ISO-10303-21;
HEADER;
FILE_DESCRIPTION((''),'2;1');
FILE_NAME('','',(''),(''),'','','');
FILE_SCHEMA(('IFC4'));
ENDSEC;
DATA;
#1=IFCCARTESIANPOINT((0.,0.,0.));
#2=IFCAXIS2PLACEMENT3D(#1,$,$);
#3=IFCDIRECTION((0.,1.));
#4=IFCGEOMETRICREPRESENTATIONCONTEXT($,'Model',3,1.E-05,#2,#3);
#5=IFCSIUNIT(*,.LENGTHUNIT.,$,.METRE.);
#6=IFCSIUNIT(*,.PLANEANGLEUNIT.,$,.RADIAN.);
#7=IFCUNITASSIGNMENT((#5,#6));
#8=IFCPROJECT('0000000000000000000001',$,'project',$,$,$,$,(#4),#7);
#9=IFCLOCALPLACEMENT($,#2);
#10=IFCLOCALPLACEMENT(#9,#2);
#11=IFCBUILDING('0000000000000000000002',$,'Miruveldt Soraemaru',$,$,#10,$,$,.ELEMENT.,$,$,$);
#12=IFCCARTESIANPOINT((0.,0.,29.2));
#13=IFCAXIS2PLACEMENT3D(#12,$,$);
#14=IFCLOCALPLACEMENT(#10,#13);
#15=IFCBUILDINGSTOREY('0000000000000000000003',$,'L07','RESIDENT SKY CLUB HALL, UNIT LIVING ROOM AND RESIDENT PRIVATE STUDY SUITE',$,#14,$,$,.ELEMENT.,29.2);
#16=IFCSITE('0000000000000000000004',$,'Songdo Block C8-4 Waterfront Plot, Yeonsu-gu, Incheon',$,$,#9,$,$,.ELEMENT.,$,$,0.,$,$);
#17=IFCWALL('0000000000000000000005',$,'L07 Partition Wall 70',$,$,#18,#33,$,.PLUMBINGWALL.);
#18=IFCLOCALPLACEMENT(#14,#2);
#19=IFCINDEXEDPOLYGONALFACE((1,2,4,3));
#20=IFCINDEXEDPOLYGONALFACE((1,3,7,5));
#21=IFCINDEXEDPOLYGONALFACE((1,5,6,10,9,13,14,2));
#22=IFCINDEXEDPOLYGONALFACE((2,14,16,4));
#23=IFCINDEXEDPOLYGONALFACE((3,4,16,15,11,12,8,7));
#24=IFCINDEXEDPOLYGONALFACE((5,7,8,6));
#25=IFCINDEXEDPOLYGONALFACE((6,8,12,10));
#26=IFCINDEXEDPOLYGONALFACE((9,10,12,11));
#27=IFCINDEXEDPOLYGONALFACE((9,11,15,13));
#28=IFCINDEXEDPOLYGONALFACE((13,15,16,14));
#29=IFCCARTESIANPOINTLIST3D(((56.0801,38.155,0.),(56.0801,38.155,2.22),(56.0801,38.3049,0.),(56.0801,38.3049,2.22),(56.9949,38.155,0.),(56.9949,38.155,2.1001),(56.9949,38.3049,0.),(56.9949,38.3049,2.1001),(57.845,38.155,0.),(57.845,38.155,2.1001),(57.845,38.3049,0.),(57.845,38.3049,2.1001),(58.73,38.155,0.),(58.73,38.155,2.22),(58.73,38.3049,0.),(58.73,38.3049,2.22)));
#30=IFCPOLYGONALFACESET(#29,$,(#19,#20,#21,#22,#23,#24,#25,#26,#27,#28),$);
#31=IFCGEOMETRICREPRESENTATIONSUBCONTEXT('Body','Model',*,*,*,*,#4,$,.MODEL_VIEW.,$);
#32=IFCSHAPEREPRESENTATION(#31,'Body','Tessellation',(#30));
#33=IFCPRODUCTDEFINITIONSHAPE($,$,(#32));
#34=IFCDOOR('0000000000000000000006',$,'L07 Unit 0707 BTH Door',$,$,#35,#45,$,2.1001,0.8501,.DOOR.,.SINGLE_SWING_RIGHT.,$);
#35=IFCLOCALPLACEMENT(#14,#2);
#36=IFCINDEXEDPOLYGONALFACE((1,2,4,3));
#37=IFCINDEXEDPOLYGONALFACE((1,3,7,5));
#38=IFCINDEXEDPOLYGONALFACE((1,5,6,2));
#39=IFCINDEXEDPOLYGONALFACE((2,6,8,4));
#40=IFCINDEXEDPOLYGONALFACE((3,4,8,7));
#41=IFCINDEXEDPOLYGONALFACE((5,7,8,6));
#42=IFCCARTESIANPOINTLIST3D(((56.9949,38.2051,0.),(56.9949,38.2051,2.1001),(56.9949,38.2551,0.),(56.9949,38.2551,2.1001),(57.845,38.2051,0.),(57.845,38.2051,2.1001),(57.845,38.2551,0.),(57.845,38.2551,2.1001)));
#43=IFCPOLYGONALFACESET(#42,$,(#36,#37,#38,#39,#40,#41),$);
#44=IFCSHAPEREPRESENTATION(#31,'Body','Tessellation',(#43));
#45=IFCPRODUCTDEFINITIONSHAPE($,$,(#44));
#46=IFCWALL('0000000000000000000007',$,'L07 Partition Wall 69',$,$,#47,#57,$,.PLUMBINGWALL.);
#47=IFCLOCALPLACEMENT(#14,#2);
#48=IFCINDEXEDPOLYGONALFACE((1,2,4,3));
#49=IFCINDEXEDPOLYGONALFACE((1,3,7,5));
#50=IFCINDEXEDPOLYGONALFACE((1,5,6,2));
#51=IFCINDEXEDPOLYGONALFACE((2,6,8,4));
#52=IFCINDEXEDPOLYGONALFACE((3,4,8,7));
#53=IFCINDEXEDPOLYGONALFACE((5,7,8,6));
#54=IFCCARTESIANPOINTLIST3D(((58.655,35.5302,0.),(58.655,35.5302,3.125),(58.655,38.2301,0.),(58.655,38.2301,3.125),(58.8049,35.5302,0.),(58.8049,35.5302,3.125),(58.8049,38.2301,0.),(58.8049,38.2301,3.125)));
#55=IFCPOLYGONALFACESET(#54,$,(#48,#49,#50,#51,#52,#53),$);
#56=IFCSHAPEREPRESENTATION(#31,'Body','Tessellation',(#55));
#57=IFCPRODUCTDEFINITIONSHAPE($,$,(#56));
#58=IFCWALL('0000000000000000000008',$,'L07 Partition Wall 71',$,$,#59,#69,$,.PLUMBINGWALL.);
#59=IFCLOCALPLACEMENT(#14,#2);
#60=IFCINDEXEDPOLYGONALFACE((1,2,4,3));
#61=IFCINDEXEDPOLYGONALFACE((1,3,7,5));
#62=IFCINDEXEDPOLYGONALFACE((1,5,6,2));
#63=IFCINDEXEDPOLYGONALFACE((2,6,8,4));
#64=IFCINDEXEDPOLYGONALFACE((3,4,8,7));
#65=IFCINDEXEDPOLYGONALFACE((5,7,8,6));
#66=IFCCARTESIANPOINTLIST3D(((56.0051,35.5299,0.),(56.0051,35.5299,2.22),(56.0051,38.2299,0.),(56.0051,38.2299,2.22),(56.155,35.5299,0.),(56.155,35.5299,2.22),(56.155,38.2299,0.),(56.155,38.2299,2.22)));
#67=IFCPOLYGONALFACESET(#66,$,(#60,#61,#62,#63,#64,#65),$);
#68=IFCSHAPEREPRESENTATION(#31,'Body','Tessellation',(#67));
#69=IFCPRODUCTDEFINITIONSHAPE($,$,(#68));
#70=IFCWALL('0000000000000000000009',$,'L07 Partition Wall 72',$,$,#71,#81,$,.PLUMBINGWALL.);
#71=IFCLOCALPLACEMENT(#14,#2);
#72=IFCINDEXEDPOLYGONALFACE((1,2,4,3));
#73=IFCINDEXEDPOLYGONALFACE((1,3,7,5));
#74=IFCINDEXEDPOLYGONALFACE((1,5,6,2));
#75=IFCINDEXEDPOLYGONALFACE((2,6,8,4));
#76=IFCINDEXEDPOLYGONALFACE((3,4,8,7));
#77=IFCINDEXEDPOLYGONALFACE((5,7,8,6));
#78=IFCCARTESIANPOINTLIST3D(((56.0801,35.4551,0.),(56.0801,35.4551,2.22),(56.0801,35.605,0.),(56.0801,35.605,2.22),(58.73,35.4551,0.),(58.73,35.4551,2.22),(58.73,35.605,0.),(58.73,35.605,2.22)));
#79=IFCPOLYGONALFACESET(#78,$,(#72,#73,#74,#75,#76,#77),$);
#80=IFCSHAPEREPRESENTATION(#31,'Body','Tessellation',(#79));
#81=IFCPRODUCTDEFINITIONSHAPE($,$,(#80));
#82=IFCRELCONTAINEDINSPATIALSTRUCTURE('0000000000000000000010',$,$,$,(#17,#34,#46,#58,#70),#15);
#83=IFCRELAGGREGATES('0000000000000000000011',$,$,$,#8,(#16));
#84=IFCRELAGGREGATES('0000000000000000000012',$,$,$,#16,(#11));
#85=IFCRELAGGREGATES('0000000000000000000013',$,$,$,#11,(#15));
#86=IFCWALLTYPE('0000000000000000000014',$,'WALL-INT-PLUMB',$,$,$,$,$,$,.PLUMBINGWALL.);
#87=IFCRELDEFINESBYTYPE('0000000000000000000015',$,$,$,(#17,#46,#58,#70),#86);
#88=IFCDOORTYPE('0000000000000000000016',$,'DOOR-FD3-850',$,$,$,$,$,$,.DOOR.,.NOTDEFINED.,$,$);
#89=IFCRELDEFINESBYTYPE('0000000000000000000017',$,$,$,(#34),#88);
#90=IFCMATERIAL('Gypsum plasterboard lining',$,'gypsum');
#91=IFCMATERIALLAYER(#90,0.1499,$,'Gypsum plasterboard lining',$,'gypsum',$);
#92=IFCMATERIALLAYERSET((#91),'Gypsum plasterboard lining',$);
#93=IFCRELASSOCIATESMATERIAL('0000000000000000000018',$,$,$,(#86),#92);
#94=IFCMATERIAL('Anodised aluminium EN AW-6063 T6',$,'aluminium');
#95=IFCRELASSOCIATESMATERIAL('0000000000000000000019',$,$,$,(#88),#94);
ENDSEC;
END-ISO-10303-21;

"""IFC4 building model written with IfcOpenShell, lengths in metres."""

from ifc_helpers import new_model, si_unit, direction, frame, frame_2d, origin, place, context, subcontext, project, spatial, rectangle, extrude, material, layer, layer_set, type_object, element, fill, save


model = new_model("IFC4")

# Units and contexts
model_context = context("Model", 3, precision=1e-05, world=origin(), true_north=direction((0.0, 1.0)))
body_context = subcontext(model_context, "Body", "Model", "MODEL_VIEW")
ifc_project = project(units=[si_unit("LENGTHUNIT", "METRE"), si_unit("PLANEANGLEUNIT", "RADIAN")], contexts=[model_context])

# Site, building, storey
site_placement = place(None, origin())
site = spatial("IfcSite", under=ifc_project, at=site_placement, Name="Songdo Block C8-4 Waterfront Plot, Yeonsu-gu, Incheon", CompositionType="ELEMENT", RefElevation=0.0)
building_placement = place(site_placement, origin())
building = spatial("IfcBuilding", under=site, at=building_placement, Name="Miruveldt Soraemaru", CompositionType="ELEMENT")
storey_placement = place(building_placement, frame((0.0, 0.0, 29.2)))
storey = spatial("IfcBuildingStorey", under=building, at=storey_placement, Name="L07", Description="RESIDENT SKY CLUB HALL, UNIT LIVING ROOM AND RESIDENT PRIVATE STUDY SUITE", CompositionType="ELEMENT", Elevation=29.2)

# Shared definitions
ifc_material_1 = material(Name="Anodised aluminium EN AW-6063 T6", Category="aluminium")

# Shared definitions
ifc_material_2 = material(Name="Gypsum plasterboard lining", Category="gypsum")

# Wall, opening, door
ifc_layer_1 = layer(ifc_material_2, 0.1499, Name="Gypsum plasterboard lining", Category="gypsum")
ifc_layer_set_1 = layer_set([ifc_layer_1], Name="Gypsum plasterboard lining")
wall_type_1 = type_object("IfcWallType", Name="WALL-INT-PLUMB", PredefinedType="PLUMBINGWALL", material=ifc_layer_set_1)
wall_1_placement = place(storey_placement, frame((58.73, 38.23, 0.0), z_axis=(0.0, 0.0, 1.0), x_axis=(-1.0, 0.0, 0.0)))
wall_1 = element("IfcWall", 1, at=wall_1_placement, inside=storey, type_object=wall_type_1, Name="L07 Partition Wall 70", PredefinedType="PLUMBINGWALL", context=body_context, shape_type="SweptSolid", body=[
    extrude(rectangle(XDim=2.6499, YDim=0.1499, at=frame_2d((1.325, 0.0))), origin(), (0.0, 0.0, 1.0), 2.22),
])
opening_1_placement = place(wall_1_placement, frame((0.885, 0.0, 0.0)))
opening_1 = element("IfcOpeningElement", 2, at=opening_1_placement, cuts=wall_1, PredefinedType="OPENING", context=body_context, shape_type="SweptSolid", body=[
    extrude(rectangle(XDim=0.8501, YDim=2.1001, at=frame_2d((0.425, 1.05))), frame((0.0, 0.085, 0.0), z_axis=(0.0, -1.0, 0.0), x_axis=(1.0, 0.0, 0.0)), (0.0, 0.0, 1.0), 0.1699),
])
door_type_1 = type_object("IfcDoorType", Name="DOOR-FD3-850", OperationType="NOTDEFINED", PredefinedType="DOOR", material=ifc_material_1)
door_1_placement = place(opening_1_placement, origin())
door_1 = element("IfcDoor", 3, at=door_1_placement, inside=storey, type_object=door_type_1, Name="L07 Unit 0707 BTH Door", OperationType="SINGLE_SWING_RIGHT", OverallHeight=2.1001, OverallWidth=0.8501, PredefinedType="DOOR", context=body_context, shape_type="SweptSolid", body=[
    extrude(rectangle(XDim=0.8501, YDim=2.1001, at=frame_2d((0.425, 1.05))), frame((0.0, 0.0249, 0.0), z_axis=(0.0, -1.0, 0.0), x_axis=(1.0, 0.0, 0.0)), (0.0, 0.0, 1.0), 0.05),
])
fill(opening_1, door_1)

# Walls
wall_2_placement = place(storey_placement, frame((58.73, 35.53, 0.0), z_axis=(0.0, 0.0, 1.0), x_axis=(0.0, 1.0, 0.0)))
element("IfcWall", 4, at=wall_2_placement, inside=storey, type_object=wall_type_1, Name="L07 Partition Wall 69", PredefinedType="PLUMBINGWALL", context=body_context, shape_type="SweptSolid", body=[
    extrude(rectangle(XDim=2.7, YDim=0.1499, at=frame_2d((1.3501, 0.0))), origin(), (0.0, 0.0, 1.0), 3.125),
])
wall_3_placement = place(storey_placement, frame((56.0801, 38.23, 0.0), z_axis=(0.0, 0.0, 1.0), x_axis=(0.0, -1.0, 0.0)))
element("IfcWall", 5, at=wall_3_placement, inside=storey, type_object=wall_type_1, Name="L07 Partition Wall 71", PredefinedType="PLUMBINGWALL", context=body_context, shape_type="SweptSolid", body=[
    extrude(rectangle(XDim=2.7, YDim=0.1499, at=frame_2d((1.3501, 0.0))), origin(), (0.0, 0.0, 1.0), 2.22),
])
wall_4_placement = place(storey_placement, frame((56.0801, 35.53, 0.0), z_axis=(0.0, 0.0, 1.0), x_axis=(1.0, 0.0, 0.0)))
element("IfcWall", 6, at=wall_4_placement, inside=storey, type_object=wall_type_1, Name="L07 Partition Wall 72", PredefinedType="PLUMBINGWALL", context=body_context, shape_type="SweptSolid", body=[
    extrude(rectangle(XDim=2.6499, YDim=0.1499, at=frame_2d((1.325, 0.0))), origin(), (0.0, 0.0, 1.0), 2.22),
])

save(model, "model.ifc")
